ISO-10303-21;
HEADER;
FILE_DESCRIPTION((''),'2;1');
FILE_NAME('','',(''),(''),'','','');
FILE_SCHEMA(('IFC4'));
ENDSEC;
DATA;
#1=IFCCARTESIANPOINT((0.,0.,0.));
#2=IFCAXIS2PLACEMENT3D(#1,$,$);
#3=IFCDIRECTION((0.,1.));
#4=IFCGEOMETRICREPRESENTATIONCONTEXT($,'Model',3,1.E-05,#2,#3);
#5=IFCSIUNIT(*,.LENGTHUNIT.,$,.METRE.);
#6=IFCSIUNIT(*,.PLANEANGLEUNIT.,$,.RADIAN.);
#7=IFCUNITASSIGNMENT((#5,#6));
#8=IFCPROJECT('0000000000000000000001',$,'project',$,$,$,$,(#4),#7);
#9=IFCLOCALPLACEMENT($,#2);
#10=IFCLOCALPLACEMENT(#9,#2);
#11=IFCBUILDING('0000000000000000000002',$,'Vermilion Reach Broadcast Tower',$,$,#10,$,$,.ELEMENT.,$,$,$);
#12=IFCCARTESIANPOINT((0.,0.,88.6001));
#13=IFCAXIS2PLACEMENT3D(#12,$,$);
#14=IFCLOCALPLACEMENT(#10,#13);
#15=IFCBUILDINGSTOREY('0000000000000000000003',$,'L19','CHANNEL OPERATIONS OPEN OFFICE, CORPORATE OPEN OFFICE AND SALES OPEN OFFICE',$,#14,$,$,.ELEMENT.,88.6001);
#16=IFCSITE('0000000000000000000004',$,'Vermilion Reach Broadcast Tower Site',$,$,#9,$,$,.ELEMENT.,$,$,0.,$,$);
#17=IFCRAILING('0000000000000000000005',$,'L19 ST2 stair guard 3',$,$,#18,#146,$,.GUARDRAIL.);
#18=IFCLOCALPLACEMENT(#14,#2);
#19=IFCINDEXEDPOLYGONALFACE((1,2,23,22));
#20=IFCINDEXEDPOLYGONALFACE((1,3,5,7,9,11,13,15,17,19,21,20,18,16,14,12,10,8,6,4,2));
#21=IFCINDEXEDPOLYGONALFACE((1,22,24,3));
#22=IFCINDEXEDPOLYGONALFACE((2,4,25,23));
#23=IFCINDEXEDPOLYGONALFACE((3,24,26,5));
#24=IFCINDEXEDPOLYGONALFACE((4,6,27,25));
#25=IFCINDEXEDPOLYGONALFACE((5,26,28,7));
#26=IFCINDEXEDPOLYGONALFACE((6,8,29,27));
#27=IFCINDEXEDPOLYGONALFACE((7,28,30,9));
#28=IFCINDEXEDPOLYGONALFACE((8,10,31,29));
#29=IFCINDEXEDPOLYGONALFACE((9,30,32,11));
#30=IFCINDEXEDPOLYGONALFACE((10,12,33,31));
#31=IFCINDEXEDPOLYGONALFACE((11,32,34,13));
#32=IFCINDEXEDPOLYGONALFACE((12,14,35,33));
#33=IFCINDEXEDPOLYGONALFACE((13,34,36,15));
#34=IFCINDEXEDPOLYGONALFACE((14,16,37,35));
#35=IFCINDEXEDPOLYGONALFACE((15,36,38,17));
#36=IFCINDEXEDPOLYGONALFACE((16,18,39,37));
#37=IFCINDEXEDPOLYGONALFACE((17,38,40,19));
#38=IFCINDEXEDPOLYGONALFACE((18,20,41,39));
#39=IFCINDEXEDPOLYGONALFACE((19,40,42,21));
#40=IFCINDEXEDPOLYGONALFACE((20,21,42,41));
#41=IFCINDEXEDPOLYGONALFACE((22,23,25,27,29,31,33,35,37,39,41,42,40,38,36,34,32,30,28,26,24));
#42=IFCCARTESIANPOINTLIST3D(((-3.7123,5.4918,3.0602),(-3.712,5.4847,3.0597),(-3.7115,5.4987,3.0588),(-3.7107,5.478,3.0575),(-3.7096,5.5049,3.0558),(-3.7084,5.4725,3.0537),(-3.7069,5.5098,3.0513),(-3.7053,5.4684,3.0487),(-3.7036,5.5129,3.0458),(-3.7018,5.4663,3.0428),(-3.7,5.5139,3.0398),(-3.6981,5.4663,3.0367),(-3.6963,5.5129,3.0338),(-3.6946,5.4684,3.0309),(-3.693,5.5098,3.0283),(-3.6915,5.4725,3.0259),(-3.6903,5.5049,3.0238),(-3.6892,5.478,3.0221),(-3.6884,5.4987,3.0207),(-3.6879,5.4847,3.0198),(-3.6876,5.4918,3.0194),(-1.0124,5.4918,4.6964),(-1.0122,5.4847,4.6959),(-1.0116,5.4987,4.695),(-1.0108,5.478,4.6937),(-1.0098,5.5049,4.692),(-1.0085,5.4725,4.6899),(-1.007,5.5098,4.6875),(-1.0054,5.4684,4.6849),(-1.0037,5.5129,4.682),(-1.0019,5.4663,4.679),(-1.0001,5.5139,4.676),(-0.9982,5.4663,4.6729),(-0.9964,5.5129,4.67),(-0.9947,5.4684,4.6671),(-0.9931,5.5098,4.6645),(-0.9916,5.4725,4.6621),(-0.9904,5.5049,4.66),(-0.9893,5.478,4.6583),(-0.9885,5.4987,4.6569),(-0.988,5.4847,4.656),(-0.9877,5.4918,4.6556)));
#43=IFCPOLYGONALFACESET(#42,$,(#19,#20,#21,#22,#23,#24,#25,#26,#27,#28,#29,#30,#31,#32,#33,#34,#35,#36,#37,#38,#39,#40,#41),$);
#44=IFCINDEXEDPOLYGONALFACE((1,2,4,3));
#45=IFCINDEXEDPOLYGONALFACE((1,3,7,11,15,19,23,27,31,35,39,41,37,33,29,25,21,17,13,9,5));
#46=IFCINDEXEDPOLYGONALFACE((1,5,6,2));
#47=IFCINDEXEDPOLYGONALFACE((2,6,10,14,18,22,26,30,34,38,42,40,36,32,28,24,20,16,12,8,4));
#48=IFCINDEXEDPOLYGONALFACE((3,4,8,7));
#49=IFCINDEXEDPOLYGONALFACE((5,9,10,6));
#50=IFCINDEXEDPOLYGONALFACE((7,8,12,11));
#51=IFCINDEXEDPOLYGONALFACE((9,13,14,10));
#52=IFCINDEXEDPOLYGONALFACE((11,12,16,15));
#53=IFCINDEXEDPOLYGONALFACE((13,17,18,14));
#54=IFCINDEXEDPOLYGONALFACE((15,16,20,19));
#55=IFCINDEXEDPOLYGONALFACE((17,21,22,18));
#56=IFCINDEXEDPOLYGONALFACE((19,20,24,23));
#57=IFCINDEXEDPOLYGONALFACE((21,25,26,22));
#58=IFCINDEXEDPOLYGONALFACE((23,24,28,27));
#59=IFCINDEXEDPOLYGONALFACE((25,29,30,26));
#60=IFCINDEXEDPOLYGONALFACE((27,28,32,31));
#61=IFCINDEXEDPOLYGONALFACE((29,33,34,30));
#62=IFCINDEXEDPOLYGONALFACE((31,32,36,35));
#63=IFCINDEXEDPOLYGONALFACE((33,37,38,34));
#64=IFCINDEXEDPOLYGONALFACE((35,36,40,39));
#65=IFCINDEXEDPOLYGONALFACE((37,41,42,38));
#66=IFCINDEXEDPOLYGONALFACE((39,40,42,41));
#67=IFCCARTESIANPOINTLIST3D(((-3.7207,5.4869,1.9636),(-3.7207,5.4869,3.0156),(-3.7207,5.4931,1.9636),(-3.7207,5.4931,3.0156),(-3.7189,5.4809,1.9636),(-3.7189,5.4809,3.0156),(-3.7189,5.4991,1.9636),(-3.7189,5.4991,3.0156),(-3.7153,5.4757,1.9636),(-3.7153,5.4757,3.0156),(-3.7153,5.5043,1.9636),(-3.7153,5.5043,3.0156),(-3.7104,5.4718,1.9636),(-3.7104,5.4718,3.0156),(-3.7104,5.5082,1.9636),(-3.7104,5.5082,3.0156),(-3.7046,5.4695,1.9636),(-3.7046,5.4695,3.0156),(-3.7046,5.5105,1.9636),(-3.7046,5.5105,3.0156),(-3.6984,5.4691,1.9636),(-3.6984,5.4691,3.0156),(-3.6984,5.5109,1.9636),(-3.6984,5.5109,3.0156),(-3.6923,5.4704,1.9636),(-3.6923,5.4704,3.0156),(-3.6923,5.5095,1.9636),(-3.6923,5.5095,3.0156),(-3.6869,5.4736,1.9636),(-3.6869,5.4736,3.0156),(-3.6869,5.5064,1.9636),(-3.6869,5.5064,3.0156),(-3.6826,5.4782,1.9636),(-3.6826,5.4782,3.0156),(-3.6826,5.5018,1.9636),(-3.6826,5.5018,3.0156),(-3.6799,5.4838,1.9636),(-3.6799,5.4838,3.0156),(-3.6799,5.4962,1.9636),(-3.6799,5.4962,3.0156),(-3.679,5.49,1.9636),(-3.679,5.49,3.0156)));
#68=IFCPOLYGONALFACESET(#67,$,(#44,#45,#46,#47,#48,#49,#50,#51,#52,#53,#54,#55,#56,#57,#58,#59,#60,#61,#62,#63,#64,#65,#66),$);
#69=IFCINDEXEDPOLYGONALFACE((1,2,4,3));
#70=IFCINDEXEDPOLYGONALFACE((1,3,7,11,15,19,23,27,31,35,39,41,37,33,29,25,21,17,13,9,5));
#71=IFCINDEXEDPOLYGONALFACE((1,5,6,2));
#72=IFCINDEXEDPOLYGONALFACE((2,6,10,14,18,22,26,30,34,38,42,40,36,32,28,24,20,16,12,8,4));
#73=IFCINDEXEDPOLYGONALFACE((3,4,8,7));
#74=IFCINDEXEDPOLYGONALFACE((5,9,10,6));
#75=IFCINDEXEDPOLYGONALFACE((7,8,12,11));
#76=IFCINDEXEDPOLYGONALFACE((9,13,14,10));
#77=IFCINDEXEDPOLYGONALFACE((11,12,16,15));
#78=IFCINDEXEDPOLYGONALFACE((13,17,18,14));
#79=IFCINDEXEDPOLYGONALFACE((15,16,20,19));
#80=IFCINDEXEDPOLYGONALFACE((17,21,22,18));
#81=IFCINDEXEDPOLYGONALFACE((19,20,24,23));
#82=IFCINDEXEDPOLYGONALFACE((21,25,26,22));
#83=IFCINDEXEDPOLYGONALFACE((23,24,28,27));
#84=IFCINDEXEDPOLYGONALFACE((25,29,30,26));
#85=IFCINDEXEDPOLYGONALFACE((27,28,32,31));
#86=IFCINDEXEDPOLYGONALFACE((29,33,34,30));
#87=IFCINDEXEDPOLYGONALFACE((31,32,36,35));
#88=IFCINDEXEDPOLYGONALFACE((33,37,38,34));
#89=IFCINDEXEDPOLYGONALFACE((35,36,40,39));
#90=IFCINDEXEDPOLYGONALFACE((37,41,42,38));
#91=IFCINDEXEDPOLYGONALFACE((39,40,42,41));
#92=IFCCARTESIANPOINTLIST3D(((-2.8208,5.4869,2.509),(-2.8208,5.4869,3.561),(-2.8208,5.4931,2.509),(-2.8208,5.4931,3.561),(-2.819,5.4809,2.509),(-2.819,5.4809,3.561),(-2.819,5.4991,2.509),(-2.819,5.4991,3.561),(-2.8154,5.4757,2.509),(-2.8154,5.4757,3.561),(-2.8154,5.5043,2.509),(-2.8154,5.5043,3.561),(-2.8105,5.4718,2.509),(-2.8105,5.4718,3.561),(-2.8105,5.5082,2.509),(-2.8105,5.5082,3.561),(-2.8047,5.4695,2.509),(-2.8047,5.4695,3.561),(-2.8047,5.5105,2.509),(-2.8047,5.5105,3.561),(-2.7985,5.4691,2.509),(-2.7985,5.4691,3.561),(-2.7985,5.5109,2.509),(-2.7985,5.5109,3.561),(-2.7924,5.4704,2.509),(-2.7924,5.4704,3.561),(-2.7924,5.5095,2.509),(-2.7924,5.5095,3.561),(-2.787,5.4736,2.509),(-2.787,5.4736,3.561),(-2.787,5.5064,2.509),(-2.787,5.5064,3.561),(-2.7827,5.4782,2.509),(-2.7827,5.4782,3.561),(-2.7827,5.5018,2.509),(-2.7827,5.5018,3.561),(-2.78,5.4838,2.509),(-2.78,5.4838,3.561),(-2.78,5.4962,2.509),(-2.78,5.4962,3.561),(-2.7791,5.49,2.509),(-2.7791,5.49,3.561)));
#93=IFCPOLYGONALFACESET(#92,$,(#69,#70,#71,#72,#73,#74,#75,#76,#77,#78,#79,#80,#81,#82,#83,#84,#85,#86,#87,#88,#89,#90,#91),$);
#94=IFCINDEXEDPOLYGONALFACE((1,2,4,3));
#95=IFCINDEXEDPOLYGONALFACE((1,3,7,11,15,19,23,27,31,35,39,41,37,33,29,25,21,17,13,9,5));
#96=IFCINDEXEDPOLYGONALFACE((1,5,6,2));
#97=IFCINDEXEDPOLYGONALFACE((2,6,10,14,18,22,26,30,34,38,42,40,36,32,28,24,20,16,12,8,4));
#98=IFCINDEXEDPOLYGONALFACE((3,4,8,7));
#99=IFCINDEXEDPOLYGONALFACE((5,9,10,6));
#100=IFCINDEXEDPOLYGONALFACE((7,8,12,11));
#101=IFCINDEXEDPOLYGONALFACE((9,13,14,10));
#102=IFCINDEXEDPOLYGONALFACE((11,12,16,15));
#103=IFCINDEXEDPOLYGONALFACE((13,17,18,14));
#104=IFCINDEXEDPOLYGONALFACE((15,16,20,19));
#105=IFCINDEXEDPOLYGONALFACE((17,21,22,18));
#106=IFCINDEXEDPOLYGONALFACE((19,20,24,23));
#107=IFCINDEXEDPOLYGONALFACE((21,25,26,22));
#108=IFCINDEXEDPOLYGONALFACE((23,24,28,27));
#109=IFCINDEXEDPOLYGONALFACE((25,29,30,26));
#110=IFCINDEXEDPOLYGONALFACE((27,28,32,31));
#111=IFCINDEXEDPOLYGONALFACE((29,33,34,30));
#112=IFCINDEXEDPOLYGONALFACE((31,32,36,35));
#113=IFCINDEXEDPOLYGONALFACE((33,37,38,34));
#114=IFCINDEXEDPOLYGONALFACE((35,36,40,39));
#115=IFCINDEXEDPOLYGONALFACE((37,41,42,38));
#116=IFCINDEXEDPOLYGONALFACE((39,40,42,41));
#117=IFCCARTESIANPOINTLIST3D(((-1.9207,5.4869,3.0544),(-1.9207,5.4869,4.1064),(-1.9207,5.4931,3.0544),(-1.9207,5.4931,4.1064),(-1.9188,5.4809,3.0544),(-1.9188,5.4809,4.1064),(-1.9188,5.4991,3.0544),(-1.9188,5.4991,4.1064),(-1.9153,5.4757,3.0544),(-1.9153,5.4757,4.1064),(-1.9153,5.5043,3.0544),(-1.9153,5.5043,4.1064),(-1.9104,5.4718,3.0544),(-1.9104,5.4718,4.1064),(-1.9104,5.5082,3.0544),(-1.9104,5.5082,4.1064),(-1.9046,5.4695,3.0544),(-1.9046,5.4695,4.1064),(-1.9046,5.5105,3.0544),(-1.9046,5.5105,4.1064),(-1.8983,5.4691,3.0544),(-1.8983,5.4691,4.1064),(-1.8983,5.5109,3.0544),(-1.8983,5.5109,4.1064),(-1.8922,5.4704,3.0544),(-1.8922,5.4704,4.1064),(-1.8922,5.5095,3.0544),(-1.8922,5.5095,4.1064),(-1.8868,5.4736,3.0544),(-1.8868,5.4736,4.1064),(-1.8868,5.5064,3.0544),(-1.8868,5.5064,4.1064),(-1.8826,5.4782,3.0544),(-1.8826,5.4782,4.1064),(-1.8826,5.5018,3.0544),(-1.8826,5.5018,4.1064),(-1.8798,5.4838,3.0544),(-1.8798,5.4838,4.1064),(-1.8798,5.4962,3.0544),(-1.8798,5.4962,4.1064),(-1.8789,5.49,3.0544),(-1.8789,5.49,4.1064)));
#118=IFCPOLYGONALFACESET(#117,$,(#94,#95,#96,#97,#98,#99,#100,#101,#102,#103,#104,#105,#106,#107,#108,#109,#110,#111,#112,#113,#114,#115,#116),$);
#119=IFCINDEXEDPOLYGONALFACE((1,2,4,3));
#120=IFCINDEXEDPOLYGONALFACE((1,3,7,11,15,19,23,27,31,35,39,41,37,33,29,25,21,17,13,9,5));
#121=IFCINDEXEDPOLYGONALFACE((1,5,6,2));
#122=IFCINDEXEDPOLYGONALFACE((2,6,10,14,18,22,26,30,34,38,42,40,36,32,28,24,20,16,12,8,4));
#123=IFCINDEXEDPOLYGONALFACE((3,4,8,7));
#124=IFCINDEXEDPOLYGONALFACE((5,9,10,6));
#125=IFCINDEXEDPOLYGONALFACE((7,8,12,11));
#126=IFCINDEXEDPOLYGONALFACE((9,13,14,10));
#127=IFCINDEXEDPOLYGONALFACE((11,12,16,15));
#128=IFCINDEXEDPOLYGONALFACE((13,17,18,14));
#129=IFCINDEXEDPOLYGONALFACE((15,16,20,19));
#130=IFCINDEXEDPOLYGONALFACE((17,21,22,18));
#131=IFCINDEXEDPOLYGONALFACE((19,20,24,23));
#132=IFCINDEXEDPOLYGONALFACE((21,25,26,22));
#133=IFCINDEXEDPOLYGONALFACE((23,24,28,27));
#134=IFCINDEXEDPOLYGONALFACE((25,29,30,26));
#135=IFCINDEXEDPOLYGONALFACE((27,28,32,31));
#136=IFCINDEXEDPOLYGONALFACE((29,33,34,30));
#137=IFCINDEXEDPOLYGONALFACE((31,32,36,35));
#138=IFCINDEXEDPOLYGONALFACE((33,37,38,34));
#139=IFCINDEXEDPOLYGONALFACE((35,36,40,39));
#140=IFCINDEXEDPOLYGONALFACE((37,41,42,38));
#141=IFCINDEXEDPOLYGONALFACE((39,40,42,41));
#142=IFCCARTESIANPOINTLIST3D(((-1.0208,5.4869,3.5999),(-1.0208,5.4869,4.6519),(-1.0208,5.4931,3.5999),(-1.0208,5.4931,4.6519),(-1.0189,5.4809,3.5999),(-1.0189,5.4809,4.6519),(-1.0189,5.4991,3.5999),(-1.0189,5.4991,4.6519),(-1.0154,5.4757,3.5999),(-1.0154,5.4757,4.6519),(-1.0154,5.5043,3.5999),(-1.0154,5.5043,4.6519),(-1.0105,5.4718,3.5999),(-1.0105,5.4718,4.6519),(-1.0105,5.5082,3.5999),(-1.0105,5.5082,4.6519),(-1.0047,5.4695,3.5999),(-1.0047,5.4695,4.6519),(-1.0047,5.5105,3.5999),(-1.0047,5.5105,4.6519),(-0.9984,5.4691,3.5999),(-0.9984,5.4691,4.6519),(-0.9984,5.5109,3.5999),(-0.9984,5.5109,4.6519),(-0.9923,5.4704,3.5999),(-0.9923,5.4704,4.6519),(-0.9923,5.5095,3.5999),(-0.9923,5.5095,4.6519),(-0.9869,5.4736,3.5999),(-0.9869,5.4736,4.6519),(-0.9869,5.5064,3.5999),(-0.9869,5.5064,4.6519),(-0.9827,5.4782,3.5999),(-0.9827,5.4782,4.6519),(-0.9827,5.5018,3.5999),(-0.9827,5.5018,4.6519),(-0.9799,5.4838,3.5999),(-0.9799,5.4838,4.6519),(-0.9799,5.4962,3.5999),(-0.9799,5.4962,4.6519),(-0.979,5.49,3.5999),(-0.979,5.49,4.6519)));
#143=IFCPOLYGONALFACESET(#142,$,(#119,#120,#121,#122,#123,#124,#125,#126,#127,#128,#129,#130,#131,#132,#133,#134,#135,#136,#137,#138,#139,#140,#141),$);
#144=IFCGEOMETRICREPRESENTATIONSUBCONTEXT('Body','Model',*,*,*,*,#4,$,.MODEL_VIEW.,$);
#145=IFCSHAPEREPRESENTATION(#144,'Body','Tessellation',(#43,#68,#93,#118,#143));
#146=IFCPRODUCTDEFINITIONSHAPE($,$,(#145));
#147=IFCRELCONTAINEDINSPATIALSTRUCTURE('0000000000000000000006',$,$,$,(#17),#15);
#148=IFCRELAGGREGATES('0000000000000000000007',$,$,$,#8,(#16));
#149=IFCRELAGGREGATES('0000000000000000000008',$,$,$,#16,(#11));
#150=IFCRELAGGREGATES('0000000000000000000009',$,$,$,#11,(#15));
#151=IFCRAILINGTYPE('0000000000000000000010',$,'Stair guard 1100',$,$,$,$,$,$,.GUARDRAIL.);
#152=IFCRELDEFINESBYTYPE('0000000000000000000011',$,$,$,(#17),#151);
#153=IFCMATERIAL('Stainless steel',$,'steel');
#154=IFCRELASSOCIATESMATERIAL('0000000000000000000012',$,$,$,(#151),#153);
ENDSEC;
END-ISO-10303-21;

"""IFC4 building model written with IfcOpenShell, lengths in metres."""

from ifc_helpers import new_model, si_unit, direction, frame, origin, origin_2d, place, context, subcontext, project, spatial, circle, extrude, material, type_object, element, save


model = new_model("IFC4")

# Units and contexts
model_context = context("Model", 3, precision=1e-05, world=origin(), true_north=direction((0.0, 1.0)))
body_context = subcontext(model_context, "Body", "Model", "MODEL_VIEW")
ifc_project = project(units=[si_unit("LENGTHUNIT", "METRE"), si_unit("PLANEANGLEUNIT", "RADIAN")], contexts=[model_context])

# Site, building, storey
site_placement = place(None, origin())
site = spatial("IfcSite", under=ifc_project, at=site_placement, Name="Vermilion Reach Broadcast Tower Site", CompositionType="ELEMENT", RefElevation=0.0)
building_placement = place(site_placement, origin())
building = spatial("IfcBuilding", under=site, at=building_placement, Name="Vermilion Reach Broadcast Tower", CompositionType="ELEMENT")
storey_placement = place(building_placement, frame((0.0, 0.0, 88.6001)))
storey = spatial("IfcBuildingStorey", under=building, at=storey_placement, Name="L19", Description="CHANNEL OPERATIONS OPEN OFFICE, CORPORATE OPEN OFFICE AND SALES OPEN OFFICE", CompositionType="ELEMENT", Elevation=88.6001)

# Railing
ifc_material_1 = material(Name="Stainless steel", Category="steel")
railing_type_1 = type_object("IfcRailingType", Name="Stair guard 1100", PredefinedType="GUARDRAIL", material=ifc_material_1)
railing_1_placement = place(storey_placement, frame((-3.7, 5.49, 1.9636)))
element("IfcRailing", 1, at=railing_1_placement, inside=storey, type_object=railing_type_1, Name="L19 ST2 stair guard 3", PredefinedType="GUARDRAIL", context=body_context, shape_type="SweptSolid", body=[
    extrude(circle(Radius=0.0239, at=origin_2d()), frame((0.0, 0.0, 1.0762), z_axis=(0.855212, 0.0, 0.518278), x_axis=(0.0, 1.0, 0.0)), (0.0, 0.0, 1.0), 3.157),
    extrude(circle(Radius=0.021, at=origin_2d()), origin(), (0.0, 0.0, 1.0), 1.052),
    extrude(circle(Radius=0.021, at=origin_2d()), frame((0.8999, 0.0, 0.5454)), (0.0, 0.0, 1.0), 1.052),
    extrude(circle(Radius=0.021, at=origin_2d()), frame((1.8, 0.0, 1.0908)), (0.0, 0.0, 1.0), 1.052),
    extrude(circle(Radius=0.021, at=origin_2d()), frame((2.7, 0.0, 1.6362)), (0.0, 0.0, 1.0), 1.052),
])

save(model, "model.ifc")
